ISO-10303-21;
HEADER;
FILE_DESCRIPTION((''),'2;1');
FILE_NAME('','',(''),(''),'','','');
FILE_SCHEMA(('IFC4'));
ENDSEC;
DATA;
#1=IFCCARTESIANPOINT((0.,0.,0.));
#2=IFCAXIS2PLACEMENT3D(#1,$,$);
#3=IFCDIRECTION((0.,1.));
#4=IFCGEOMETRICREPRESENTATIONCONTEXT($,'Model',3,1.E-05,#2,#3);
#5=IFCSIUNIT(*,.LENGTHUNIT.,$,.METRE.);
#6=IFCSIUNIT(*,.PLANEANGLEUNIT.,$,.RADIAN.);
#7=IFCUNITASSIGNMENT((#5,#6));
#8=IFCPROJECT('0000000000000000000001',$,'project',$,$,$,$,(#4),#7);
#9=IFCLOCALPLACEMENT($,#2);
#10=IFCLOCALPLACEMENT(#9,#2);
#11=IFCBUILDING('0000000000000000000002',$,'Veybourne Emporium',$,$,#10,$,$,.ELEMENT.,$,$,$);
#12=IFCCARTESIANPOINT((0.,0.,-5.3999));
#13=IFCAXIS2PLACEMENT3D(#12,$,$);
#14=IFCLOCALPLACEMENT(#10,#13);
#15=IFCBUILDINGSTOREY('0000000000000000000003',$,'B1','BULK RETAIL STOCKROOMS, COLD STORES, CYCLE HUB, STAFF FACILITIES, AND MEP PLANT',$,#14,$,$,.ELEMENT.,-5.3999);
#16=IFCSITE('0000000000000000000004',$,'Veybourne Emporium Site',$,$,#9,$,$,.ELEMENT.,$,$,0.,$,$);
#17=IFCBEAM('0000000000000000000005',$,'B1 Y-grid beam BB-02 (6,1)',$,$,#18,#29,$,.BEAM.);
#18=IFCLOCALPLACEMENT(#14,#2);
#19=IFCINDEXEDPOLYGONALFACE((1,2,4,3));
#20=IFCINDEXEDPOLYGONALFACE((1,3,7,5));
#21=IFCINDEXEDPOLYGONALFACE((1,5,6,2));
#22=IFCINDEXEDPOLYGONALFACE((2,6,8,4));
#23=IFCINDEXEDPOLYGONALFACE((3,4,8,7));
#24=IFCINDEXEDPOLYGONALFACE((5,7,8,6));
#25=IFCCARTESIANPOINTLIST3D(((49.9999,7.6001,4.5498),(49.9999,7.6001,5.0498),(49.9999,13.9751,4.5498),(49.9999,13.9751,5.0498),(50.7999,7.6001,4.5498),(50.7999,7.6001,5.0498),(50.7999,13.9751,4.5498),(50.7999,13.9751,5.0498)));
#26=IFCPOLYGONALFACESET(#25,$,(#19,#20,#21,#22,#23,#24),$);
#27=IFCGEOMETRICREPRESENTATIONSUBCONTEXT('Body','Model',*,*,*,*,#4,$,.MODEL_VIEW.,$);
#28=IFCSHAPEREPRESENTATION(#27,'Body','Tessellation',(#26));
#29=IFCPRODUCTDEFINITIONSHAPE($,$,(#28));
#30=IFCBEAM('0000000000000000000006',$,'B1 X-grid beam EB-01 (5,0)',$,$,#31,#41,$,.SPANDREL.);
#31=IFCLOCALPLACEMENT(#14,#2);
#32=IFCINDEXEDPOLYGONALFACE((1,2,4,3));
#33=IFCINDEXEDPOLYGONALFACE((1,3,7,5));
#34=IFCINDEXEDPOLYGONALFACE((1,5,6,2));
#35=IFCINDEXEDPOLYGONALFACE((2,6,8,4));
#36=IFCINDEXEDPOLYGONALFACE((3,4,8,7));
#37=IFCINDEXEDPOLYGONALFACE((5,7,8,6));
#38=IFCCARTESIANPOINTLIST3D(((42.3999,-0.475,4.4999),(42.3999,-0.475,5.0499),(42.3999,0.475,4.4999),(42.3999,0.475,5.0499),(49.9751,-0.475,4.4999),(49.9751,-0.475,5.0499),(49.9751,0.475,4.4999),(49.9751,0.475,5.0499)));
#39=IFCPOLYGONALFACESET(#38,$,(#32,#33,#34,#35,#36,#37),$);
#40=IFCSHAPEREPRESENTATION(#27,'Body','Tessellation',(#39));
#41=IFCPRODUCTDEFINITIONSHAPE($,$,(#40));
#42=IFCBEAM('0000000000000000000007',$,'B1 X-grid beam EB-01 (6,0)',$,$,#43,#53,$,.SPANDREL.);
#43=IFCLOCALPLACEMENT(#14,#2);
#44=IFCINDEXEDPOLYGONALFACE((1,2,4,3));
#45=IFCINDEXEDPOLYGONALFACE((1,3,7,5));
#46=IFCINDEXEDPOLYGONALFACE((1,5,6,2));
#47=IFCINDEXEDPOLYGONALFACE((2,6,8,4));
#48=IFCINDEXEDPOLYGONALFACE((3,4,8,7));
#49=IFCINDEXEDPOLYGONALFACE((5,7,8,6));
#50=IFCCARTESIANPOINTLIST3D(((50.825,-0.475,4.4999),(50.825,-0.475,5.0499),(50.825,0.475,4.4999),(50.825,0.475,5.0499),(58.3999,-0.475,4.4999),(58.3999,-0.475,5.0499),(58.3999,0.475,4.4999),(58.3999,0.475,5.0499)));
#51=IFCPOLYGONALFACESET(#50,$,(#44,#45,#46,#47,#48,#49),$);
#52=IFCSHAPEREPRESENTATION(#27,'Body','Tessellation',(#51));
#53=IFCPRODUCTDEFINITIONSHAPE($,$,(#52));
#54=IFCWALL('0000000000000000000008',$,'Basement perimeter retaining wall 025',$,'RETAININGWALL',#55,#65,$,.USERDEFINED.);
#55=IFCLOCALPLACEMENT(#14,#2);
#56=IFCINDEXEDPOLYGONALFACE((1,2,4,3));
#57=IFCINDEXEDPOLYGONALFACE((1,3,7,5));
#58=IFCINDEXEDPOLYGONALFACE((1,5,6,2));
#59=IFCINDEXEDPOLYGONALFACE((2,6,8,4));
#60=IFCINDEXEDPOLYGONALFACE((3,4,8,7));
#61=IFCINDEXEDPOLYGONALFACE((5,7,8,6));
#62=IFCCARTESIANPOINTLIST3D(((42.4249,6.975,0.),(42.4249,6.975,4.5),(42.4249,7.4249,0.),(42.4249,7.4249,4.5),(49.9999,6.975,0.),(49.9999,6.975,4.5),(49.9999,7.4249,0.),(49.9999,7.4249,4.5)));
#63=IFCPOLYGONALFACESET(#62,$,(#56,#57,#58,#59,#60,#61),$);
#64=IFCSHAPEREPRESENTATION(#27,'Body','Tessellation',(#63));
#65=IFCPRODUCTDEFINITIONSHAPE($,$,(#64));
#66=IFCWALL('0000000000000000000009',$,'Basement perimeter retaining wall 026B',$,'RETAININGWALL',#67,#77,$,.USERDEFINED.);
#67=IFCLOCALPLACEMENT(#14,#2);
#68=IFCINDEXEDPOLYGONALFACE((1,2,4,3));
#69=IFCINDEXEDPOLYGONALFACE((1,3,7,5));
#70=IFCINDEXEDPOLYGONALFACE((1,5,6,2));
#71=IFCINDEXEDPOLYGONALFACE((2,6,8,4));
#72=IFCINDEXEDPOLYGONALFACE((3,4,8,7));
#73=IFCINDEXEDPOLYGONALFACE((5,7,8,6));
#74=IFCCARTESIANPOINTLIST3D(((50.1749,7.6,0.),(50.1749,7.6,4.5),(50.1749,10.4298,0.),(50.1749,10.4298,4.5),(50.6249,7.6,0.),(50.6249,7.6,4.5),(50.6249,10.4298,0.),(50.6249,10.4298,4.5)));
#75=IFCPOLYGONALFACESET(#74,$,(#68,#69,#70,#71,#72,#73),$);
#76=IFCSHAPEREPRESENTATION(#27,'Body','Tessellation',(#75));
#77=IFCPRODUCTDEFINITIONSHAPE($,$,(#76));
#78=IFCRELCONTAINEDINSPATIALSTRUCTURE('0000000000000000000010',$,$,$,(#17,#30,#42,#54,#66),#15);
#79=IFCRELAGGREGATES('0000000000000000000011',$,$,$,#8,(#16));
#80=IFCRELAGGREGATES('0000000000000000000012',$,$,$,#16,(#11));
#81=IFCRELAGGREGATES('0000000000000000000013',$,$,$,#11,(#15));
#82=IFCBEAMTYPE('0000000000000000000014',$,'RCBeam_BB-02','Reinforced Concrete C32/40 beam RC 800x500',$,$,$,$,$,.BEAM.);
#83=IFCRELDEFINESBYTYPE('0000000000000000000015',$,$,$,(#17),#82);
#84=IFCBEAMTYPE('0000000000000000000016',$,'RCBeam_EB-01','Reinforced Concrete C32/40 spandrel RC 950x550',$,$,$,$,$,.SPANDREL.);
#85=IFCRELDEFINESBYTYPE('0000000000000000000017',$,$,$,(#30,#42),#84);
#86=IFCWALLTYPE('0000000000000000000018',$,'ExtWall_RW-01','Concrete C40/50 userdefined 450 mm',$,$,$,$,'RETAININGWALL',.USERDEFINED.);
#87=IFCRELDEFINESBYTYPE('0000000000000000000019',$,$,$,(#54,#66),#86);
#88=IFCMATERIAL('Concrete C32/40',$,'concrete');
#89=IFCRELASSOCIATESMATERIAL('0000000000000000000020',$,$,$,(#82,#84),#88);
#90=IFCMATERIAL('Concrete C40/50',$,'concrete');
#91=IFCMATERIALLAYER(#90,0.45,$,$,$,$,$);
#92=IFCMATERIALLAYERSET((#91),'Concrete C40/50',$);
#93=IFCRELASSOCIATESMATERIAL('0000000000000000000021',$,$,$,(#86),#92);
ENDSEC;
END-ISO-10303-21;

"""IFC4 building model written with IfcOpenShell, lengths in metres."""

from ifc_helpers import new_model, si_unit, direction, frame, frame_2d, origin, origin_2d, place, context, subcontext, project, spatial, rectangle, extrude, material, layer, layer_set, material_profile, profile_set, type_object, element, save


model = new_model("IFC4")

# Units and contexts
model_context = context("Model", 3, precision=1e-05, world=origin(), true_north=direction((0.0, 1.0)))
body_context = subcontext(model_context, "Body", "Model", "MODEL_VIEW")
ifc_project = project(units=[si_unit("LENGTHUNIT", "METRE"), si_unit("PLANEANGLEUNIT", "RADIAN")], contexts=[model_context])

# Site, building, storey
site_placement = place(None, origin())
site = spatial("IfcSite", under=ifc_project, at=site_placement, Name="Veybourne Emporium Site", CompositionType="ELEMENT", RefElevation=0.0)
building_placement = place(site_placement, origin())
building = spatial("IfcBuilding", under=site, at=building_placement, Name="Veybourne Emporium", CompositionType="ELEMENT")
storey_placement = place(building_placement, frame((0.0, 0.0, -5.3999)))
storey = spatial("IfcBuildingStorey", under=building, at=storey_placement, Name="B1", Description="BULK RETAIL STOCKROOMS, COLD STORES, CYCLE HUB, STAFF FACILITIES, AND MEP PLANT", CompositionType="ELEMENT", Elevation=-5.3999)

# Shared definitions
ifc_material_1 = material(Name="Concrete C40/50", Category="concrete")

# Beams
ifc_material_2 = material(Name="Concrete C32/40", Category="concrete")
ifc_material_profile_1 = material_profile(ifc_material_2, rectangle(XDim=0.8, YDim=0.5, at=origin_2d()), Name="RC 800x500")
ifc_profile_set_1 = profile_set([ifc_material_profile_1], Name="Concrete C32/40")
beam_type_1 = type_object("IfcBeamType", Name="RCBeam_BB-02", Description="Reinforced Concrete C32/40 beam RC 800x500", PredefinedType="BEAM", material=ifc_profile_set_1)
for number, where, z_axis, x_axis, name in (
    (1, (50.3999, 7.6001, 4.7998), (0.0, 1.0, 0.0), (-1.0, 0.0, 0.0), "B1 Y-grid beam BB-02 (6,1)"),
):
    element("IfcBeam", number, at=place(storey_placement, frame(where, z_axis=z_axis, x_axis=x_axis)), inside=storey, type_object=beam_type_1, Name=name, PredefinedType="BEAM", context=body_context, shape_type="SweptSolid", body=[
        extrude(rectangle(XDim=0.8, YDim=0.5, at=origin_2d()), origin(), (0.0, 0.0, 1.0), 6.375),
    ])
ifc_material_profile_2 = material_profile(ifc_material_2, rectangle(XDim=0.95, YDim=0.55, at=origin_2d()), Name="RC 950x550")
ifc_profile_set_2 = profile_set([ifc_material_profile_2], Name="Concrete C32/40")
beam_type_2 = type_object("IfcBeamType", Name="RCBeam_EB-01", Description="Reinforced Concrete C32/40 spandrel RC 950x550", PredefinedType="SPANDREL", material=ifc_profile_set_2)
beam_1_placement = place(storey_placement, frame((42.3999, 0.0, 4.7749), z_axis=(1.0, 0.0, 0.0), x_axis=(0.0, 1.0, 0.0)))
element("IfcBeam", 2, at=beam_1_placement, inside=storey, type_object=beam_type_2, Name="B1 X-grid beam EB-01 (5,0)", PredefinedType="SPANDREL", context=body_context, shape_type="SweptSolid", body=[
    extrude(rectangle(XDim=0.95, YDim=0.55, at=origin_2d()), origin(), (0.0, 0.0, 1.0), 7.5752),
])
beam_2_placement = place(storey_placement, frame((50.825, 0.0, 4.7749), z_axis=(1.0, 0.0, 0.0), x_axis=(0.0, 1.0, 0.0)))
element("IfcBeam", 3, at=beam_2_placement, inside=storey, type_object=beam_type_2, Name="B1 X-grid beam EB-01 (6,0)", PredefinedType="SPANDREL", context=body_context, shape_type="SweptSolid", body=[
    extrude(rectangle(XDim=0.95, YDim=0.55, at=origin_2d()), origin(), (0.0, 0.0, 1.0), 7.575),
])

# Walls
ifc_layer = layer(ifc_material_1, 0.45)
ifc_layer_set = layer_set([ifc_layer], Name="Concrete C40/50")
wall_type = type_object("IfcWallType", Name="ExtWall_RW-01", Description="Concrete C40/50 userdefined 450 mm", ElementType="RETAININGWALL", PredefinedType="USERDEFINED", material=ifc_layer_set)
wall_1_placement = place(storey_placement, frame((50.0, 7.2, 0.0), z_axis=(0.0, 0.0, 1.0), x_axis=(-1.0, 0.0, 0.0)))
element("IfcWall", 4, at=wall_1_placement, inside=storey, type_object=wall_type, Name="Basement perimeter retaining wall 025", ObjectType="RETAININGWALL", PredefinedType="USERDEFINED", context=body_context, shape_type="SweptSolid", body=[
    extrude(rectangle(XDim=7.575, YDim=0.45, at=frame_2d((3.7876, 0.0))), origin(), (0.0, 0.0, 1.0), 4.5),
])
wall_2_placement = place(storey_placement, frame((50.3999, 10.4299, 0.0), z_axis=(0.0, 0.0, 1.0), x_axis=(0.0, -1.0, 0.0)))
element("IfcWall", 5, at=wall_2_placement, inside=storey, type_object=wall_type, Name="Basement perimeter retaining wall 026B", ObjectType="RETAININGWALL", PredefinedType="USERDEFINED", context=body_context, shape_type="SweptSolid", body=[
    extrude(rectangle(XDim=2.8298, YDim=0.45, at=frame_2d((1.415, 0.0))), origin(), (0.0, 0.0, 1.0), 4.5),
])

save(model, "model.ifc")
